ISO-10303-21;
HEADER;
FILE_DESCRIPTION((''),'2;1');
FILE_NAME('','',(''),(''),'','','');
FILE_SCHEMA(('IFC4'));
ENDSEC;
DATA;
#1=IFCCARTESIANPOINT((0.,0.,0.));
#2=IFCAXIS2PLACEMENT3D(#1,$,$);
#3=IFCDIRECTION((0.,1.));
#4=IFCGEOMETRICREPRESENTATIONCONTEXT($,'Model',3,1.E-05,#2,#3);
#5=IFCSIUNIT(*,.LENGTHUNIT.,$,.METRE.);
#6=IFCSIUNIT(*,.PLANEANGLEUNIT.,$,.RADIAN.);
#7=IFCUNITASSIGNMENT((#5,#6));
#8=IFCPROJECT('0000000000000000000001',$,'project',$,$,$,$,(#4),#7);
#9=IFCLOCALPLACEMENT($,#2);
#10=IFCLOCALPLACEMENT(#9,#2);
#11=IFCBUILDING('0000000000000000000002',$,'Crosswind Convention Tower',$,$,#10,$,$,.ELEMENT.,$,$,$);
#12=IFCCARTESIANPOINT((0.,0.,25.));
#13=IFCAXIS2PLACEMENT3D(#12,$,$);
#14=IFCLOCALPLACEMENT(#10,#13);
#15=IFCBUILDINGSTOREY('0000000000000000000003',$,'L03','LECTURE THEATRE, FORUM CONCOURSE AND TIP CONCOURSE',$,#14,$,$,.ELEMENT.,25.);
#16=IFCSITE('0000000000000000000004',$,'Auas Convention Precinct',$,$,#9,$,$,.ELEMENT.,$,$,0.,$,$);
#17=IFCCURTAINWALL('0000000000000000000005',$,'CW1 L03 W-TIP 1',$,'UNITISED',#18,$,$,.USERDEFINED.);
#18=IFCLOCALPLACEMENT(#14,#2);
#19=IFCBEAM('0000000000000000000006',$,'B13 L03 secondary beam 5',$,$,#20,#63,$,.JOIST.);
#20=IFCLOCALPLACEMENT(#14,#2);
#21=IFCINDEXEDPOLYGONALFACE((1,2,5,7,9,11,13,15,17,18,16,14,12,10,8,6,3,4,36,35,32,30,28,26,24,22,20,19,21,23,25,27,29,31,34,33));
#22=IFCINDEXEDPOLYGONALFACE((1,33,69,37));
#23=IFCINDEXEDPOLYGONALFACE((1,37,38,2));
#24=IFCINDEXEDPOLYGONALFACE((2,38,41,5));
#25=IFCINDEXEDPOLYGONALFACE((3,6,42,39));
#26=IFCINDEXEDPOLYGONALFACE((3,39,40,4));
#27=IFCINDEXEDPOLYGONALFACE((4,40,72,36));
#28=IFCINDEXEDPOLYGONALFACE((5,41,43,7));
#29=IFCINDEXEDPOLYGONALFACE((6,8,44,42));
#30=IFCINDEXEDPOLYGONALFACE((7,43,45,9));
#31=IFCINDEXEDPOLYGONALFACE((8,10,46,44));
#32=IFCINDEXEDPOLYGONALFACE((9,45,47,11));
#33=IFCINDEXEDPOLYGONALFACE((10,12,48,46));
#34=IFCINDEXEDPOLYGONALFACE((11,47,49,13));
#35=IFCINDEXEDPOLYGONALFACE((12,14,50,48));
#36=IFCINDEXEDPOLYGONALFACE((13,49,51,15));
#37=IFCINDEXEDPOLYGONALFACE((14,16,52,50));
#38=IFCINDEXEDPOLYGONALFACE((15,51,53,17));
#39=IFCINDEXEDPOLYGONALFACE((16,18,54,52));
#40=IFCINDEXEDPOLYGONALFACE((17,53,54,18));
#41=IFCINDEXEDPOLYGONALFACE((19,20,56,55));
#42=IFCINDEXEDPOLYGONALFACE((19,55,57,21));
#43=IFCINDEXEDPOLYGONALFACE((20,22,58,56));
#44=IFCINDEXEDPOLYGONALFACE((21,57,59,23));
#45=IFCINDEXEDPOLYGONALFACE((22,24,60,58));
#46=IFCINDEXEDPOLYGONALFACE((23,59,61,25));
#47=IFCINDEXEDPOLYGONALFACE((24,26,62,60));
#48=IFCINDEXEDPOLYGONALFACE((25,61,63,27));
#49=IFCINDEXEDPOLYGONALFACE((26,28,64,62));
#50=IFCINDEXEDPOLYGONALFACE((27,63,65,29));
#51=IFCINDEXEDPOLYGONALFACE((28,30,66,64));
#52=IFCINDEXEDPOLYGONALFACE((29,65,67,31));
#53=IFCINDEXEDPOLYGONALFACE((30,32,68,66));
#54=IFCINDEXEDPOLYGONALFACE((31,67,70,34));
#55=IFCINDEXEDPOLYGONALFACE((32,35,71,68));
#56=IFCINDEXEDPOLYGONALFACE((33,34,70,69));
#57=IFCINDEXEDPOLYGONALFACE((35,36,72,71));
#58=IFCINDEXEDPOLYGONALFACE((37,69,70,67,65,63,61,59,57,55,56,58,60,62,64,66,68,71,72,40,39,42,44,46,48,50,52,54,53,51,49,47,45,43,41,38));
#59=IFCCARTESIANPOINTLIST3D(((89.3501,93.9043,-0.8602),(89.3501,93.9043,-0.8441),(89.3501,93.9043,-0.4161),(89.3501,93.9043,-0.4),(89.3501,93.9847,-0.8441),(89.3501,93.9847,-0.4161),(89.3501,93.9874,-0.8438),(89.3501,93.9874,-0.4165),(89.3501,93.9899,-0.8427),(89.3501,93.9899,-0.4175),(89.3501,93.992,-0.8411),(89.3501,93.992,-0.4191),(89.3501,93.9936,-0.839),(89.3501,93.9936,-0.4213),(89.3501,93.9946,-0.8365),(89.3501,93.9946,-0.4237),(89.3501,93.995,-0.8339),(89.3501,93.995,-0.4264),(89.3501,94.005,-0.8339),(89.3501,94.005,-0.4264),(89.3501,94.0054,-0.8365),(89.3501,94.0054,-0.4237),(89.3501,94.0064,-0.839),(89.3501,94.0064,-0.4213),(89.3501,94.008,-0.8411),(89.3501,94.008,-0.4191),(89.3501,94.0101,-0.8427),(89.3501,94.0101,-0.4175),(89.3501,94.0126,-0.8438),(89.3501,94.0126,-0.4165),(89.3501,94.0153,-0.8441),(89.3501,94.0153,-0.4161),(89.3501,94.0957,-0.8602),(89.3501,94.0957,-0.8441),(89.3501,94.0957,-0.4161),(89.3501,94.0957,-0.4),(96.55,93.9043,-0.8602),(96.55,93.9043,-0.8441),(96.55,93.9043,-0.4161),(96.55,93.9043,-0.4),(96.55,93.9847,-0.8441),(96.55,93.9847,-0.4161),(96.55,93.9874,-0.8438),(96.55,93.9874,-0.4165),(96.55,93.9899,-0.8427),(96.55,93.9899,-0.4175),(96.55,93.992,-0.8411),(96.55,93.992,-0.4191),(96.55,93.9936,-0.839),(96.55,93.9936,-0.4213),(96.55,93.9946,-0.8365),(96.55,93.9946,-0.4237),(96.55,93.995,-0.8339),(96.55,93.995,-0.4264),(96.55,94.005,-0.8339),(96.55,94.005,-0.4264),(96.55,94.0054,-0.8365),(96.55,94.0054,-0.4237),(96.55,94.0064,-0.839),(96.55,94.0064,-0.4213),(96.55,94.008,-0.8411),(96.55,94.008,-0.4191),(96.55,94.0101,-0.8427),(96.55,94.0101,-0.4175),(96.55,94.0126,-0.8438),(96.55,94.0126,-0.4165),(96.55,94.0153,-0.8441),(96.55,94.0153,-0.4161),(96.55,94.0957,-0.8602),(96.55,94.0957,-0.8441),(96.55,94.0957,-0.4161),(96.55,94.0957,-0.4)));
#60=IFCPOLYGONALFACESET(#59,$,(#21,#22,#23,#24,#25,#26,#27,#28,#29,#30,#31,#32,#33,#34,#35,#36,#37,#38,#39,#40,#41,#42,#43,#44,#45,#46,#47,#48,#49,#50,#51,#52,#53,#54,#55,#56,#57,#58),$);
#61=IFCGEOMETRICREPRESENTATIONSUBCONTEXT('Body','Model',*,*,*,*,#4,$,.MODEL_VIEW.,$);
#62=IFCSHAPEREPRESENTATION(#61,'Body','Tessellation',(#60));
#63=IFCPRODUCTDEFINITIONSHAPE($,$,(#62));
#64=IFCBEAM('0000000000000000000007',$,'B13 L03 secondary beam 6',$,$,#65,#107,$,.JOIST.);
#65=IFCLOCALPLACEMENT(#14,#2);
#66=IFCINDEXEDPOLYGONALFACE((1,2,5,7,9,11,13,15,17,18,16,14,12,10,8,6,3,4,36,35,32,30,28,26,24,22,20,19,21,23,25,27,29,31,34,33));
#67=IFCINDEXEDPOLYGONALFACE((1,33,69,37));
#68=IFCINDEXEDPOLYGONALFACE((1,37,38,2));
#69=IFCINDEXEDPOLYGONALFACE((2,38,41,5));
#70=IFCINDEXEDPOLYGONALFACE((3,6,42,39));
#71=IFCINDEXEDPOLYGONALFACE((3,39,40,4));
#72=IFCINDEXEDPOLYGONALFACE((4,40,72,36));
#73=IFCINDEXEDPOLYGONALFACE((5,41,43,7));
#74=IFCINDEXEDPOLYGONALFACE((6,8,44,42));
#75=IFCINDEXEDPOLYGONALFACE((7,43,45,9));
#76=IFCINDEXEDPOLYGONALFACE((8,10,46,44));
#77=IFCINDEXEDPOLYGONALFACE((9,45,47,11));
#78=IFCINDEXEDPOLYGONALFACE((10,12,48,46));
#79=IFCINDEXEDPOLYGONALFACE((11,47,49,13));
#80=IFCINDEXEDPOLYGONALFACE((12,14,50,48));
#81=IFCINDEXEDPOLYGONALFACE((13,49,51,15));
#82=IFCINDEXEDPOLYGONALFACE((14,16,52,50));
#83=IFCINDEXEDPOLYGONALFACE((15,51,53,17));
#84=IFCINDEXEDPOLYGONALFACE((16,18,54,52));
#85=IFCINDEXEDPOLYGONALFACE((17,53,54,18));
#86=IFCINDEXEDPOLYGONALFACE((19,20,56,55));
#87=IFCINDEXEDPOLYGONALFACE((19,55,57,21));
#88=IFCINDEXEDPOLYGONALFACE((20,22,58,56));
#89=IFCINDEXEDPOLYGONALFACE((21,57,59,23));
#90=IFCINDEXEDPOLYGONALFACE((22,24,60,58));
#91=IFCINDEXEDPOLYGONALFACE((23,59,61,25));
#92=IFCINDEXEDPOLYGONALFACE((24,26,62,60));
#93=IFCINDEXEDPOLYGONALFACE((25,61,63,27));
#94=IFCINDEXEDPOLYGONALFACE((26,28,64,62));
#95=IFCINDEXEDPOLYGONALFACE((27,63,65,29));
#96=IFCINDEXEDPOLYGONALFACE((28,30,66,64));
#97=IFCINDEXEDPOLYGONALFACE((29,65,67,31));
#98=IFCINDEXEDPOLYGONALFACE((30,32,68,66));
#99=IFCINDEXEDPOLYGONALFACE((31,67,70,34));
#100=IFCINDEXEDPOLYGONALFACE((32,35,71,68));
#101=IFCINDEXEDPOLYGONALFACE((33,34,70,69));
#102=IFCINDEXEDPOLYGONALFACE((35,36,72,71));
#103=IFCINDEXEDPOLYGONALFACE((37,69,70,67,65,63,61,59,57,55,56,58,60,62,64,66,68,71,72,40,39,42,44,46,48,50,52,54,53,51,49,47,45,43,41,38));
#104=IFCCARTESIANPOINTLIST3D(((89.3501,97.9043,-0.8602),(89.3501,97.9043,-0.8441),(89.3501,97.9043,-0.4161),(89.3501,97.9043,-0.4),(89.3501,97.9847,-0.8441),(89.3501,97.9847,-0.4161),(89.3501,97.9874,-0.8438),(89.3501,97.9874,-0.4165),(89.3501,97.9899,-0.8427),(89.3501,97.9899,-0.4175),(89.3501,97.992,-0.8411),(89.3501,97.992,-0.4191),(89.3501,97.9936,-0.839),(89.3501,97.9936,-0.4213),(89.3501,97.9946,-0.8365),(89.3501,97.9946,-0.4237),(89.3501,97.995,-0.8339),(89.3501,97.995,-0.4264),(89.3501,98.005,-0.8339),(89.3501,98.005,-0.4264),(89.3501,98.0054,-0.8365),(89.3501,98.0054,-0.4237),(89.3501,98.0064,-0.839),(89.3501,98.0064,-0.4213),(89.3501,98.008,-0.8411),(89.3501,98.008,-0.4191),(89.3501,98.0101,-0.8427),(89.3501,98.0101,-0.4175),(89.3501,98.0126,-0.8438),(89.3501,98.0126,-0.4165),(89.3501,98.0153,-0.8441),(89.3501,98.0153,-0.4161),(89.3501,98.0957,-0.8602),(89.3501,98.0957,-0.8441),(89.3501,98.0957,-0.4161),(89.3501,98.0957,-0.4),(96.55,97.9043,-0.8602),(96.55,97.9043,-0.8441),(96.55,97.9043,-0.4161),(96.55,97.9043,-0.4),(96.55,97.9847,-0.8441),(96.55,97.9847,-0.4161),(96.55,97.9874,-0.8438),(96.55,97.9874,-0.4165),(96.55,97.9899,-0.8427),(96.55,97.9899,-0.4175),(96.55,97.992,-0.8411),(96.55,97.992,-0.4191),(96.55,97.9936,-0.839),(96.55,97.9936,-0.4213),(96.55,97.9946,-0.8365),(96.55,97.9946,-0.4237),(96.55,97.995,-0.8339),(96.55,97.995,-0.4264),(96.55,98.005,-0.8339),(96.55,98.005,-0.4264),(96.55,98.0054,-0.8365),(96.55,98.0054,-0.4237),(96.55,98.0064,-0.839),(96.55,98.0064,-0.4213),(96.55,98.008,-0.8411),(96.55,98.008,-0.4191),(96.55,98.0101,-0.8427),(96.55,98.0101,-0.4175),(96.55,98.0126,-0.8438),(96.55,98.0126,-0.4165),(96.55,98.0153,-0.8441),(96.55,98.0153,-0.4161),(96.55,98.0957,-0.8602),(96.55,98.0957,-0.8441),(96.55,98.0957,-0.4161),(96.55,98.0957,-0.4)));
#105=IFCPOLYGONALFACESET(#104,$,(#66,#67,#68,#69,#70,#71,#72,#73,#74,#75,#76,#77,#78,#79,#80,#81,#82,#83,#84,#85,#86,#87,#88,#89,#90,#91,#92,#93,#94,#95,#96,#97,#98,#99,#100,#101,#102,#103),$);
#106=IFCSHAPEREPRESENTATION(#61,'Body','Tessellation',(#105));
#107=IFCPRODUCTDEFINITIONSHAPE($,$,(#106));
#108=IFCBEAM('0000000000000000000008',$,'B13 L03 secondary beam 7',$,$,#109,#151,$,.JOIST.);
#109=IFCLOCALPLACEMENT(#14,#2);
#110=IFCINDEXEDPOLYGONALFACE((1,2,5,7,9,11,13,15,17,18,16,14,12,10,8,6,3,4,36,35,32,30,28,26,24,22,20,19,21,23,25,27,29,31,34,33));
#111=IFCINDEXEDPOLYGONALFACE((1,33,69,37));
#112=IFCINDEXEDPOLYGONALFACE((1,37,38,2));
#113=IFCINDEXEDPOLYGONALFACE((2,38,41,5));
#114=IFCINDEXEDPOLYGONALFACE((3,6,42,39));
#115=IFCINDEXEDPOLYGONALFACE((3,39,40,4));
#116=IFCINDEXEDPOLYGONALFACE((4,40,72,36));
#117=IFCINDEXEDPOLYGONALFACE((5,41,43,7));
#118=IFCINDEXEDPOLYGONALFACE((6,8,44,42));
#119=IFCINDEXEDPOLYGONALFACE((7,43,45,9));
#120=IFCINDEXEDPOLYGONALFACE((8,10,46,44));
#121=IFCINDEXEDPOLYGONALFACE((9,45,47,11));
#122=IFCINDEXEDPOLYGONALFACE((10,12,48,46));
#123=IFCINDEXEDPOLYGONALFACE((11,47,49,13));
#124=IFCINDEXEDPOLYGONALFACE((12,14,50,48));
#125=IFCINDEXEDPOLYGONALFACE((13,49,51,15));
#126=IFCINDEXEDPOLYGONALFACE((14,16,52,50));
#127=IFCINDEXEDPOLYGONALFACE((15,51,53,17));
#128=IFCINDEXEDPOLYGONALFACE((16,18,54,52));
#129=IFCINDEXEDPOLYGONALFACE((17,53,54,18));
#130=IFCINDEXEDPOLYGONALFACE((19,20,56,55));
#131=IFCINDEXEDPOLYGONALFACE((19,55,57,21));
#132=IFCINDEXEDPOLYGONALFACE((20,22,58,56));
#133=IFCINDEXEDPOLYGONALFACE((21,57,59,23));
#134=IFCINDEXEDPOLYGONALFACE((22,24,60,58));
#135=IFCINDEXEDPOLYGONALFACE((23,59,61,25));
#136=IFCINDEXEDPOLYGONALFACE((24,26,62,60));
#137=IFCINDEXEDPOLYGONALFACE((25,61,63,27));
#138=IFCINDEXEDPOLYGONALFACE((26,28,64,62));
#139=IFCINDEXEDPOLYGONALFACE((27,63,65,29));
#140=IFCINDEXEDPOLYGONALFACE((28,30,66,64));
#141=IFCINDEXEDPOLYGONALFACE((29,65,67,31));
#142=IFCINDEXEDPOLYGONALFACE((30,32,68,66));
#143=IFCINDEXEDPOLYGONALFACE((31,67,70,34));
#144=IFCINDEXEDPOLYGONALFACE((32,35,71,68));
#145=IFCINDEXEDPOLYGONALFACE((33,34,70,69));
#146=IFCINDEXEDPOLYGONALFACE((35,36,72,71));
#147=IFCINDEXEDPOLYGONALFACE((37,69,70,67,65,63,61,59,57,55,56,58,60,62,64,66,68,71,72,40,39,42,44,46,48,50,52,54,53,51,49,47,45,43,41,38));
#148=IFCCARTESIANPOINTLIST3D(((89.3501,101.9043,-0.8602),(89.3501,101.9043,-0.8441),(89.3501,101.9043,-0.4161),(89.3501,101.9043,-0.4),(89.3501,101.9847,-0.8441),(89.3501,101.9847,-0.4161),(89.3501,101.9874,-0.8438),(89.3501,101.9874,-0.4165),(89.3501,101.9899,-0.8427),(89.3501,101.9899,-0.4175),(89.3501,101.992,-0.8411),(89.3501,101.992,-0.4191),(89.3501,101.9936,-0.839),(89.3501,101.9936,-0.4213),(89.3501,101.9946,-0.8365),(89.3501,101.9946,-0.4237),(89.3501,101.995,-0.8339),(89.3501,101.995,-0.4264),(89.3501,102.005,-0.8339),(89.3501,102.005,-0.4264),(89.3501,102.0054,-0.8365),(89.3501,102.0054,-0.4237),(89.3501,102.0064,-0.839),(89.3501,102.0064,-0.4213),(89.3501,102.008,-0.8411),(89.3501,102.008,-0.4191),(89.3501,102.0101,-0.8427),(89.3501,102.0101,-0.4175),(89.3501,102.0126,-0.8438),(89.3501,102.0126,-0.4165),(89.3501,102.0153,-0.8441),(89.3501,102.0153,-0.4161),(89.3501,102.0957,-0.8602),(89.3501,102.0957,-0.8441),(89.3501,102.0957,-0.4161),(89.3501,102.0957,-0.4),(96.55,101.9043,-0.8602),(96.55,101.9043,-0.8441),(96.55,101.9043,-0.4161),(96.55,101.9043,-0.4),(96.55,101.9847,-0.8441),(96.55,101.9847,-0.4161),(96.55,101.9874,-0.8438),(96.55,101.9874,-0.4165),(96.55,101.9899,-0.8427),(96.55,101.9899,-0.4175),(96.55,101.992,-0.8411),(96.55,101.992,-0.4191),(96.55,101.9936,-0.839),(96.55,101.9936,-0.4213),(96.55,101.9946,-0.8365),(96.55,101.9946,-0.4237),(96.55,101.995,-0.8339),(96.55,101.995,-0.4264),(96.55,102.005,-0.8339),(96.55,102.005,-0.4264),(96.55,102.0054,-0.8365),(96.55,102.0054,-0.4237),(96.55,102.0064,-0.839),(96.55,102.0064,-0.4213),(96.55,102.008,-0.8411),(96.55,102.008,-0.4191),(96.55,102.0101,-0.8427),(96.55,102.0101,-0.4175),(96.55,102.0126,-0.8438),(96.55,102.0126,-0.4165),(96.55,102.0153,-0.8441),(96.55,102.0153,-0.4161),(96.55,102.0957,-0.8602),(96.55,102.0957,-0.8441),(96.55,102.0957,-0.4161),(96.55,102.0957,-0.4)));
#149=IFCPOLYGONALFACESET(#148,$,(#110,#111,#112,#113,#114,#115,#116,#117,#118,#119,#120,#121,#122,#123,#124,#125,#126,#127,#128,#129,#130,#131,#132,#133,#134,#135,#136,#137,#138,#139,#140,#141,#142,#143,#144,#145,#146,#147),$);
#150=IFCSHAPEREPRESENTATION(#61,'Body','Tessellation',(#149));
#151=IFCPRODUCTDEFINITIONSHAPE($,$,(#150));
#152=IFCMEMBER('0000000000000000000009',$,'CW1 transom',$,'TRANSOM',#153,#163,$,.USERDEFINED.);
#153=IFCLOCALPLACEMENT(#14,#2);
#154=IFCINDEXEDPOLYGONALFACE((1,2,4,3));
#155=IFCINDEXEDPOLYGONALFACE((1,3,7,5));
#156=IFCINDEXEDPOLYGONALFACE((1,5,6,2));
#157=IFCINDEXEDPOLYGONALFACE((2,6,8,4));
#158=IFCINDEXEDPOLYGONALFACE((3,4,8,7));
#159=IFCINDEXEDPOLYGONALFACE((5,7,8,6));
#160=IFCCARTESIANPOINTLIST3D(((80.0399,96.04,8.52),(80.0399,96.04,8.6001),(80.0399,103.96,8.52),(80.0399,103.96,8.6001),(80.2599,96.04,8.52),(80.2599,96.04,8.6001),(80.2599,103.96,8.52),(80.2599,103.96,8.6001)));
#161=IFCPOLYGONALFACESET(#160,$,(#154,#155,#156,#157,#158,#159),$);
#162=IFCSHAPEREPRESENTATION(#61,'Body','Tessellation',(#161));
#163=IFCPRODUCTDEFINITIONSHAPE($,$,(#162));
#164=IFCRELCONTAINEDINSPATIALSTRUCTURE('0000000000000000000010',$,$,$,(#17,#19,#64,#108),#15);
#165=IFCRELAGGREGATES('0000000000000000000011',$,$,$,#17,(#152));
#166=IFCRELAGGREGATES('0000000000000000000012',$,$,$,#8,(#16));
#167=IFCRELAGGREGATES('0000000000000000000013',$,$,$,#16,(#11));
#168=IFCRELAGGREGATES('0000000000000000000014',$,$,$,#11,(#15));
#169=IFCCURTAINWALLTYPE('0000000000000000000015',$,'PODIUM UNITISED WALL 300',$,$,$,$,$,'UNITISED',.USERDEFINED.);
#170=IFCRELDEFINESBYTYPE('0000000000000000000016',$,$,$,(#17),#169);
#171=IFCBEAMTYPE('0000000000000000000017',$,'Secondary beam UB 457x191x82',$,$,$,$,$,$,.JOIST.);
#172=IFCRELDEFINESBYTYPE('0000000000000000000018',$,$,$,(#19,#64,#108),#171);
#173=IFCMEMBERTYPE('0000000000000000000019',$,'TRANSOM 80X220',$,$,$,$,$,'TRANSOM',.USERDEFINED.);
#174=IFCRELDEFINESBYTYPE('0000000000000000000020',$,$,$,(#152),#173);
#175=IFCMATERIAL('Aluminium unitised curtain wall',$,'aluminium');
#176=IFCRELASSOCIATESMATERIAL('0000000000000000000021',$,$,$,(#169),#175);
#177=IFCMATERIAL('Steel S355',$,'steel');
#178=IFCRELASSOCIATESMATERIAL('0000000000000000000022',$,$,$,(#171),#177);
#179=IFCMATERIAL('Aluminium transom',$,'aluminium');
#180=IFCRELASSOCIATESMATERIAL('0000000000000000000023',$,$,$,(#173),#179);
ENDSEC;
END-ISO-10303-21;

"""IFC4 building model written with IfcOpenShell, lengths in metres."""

from ifc_helpers import new_model, si_unit, direction, frame, origin, origin_2d, place, context, subcontext, project, spatial, rectangle, i_section, extrude, material, material_profile, profile_set, type_object, element, aggregate, save


model = new_model("IFC4")

# Units and contexts
model_context = context("Model", 3, precision=1e-05, world=origin(), true_north=direction((0.0, 1.0)))
body_context = subcontext(model_context, "Body", "Model", "MODEL_VIEW")
ifc_project = project(units=[si_unit("LENGTHUNIT", "METRE"), si_unit("PLANEANGLEUNIT", "RADIAN")], contexts=[model_context])

# Site, building, storey
site_placement = place(None, origin())
site = spatial("IfcSite", under=ifc_project, at=site_placement, Name="Auas Convention Precinct", CompositionType="ELEMENT", RefElevation=0.0)
building_placement = place(site_placement, origin())
building = spatial("IfcBuilding", under=site, at=building_placement, Name="Crosswind Convention Tower", CompositionType="ELEMENT")
storey_placement = place(building_placement, frame((0.0, 0.0, 25.0)))
storey = spatial("IfcBuildingStorey", under=building, at=storey_placement, Name="L03", Description="LECTURE THEATRE, FORUM CONCOURSE AND TIP CONCOURSE", CompositionType="ELEMENT", Elevation=25.0)

# Curtain wall
ifc_material_1 = material(Name="Aluminium unitised curtain wall", Category="aluminium")
curtain_wall_type = type_object("IfcCurtainWallType", Name="PODIUM UNITISED WALL 300", ElementType="UNITISED", PredefinedType="USERDEFINED", material=ifc_material_1)
curtain_wall_placement = place(storey_placement, origin())
curtain_wall = element("IfcCurtainWall", 1, at=curtain_wall_placement, inside=storey, type_object=curtain_wall_type, Name="CW1 L03 W-TIP 1", ObjectType="UNITISED", PredefinedType="USERDEFINED")

# Beams
ifc_material_2 = material(Name="Steel S355", Category="steel")
ifc_material_profile_1 = material_profile(ifc_material_2, i_section(OverallWidth=0.1914, OverallDepth=0.4602, WebThickness=0.01, FlangeThickness=0.0161, FilletRadius=0.0103, at=origin_2d()), Name="UB 457x191x82")
ifc_profile_set_1 = profile_set([ifc_material_profile_1], Name="Steel S355")
beam_type_1 = type_object("IfcBeamType", Name="Secondary beam UB 457x191x82", PredefinedType="JOIST", material=ifc_profile_set_1)
for number, where, z_axis, x_axis, name in (
    (2, (89.3501, 94.0, -0.6301), (1.0, 0.0, 0.0), (0.0, 1.0, 0.0), "B13 L03 secondary beam 5"),
    (3, (89.3501, 98.0, -0.6301), (1.0, 0.0, 0.0), (0.0, 1.0, 0.0), "B13 L03 secondary beam 6"),
    (4, (89.3501, 102.0, -0.6301), (1.0, 0.0, 0.0), (0.0, 1.0, 0.0), "B13 L03 secondary beam 7"),
):
    element("IfcBeam", number, at=place(storey_placement, frame(where, z_axis=z_axis, x_axis=x_axis)), inside=storey, type_object=beam_type_1, Name=name, PredefinedType="JOIST", context=body_context, shape_type="SweptSolid", body=[
        extrude(i_section(OverallWidth=0.1914, OverallDepth=0.4602, WebThickness=0.01, FlangeThickness=0.0161, FilletRadius=0.0103, at=origin_2d()), origin(), (0.0, 0.0, 1.0), 7.2),
    ])

# Member
ifc_material_3 = material(Name="Aluminium transom", Category="aluminium")
ifc_material_profile_2 = material_profile(ifc_material_3, rectangle(XDim=0.22, YDim=0.0801, at=origin_2d()), Name="AL 220X80")
ifc_profile_set_2 = profile_set([ifc_material_profile_2], Name="Aluminium transom")
member_type_1 = type_object("IfcMemberType", Name="TRANSOM 80X220", ElementType="TRANSOM", PredefinedType="USERDEFINED", material=ifc_profile_set_2)
member_1_placement = place(storey_placement, frame((80.1499, 103.96, 8.5601), z_axis=(0.0, -1.0, 0.0), x_axis=(1.0, 0.0, 0.0)))
member_1 = element("IfcMember", 5, at=member_1_placement, type_object=member_type_1, Name="CW1 transom", ObjectType="TRANSOM", PredefinedType="USERDEFINED", context=body_context, shape_type="SweptSolid", body=[
    extrude(rectangle(XDim=0.22, YDim=0.0801, at=origin_2d()), origin(), (0.0, 0.0, 1.0), 7.9199),
])

aggregate(curtain_wall, [member_1])

save(model, "model.ifc")
